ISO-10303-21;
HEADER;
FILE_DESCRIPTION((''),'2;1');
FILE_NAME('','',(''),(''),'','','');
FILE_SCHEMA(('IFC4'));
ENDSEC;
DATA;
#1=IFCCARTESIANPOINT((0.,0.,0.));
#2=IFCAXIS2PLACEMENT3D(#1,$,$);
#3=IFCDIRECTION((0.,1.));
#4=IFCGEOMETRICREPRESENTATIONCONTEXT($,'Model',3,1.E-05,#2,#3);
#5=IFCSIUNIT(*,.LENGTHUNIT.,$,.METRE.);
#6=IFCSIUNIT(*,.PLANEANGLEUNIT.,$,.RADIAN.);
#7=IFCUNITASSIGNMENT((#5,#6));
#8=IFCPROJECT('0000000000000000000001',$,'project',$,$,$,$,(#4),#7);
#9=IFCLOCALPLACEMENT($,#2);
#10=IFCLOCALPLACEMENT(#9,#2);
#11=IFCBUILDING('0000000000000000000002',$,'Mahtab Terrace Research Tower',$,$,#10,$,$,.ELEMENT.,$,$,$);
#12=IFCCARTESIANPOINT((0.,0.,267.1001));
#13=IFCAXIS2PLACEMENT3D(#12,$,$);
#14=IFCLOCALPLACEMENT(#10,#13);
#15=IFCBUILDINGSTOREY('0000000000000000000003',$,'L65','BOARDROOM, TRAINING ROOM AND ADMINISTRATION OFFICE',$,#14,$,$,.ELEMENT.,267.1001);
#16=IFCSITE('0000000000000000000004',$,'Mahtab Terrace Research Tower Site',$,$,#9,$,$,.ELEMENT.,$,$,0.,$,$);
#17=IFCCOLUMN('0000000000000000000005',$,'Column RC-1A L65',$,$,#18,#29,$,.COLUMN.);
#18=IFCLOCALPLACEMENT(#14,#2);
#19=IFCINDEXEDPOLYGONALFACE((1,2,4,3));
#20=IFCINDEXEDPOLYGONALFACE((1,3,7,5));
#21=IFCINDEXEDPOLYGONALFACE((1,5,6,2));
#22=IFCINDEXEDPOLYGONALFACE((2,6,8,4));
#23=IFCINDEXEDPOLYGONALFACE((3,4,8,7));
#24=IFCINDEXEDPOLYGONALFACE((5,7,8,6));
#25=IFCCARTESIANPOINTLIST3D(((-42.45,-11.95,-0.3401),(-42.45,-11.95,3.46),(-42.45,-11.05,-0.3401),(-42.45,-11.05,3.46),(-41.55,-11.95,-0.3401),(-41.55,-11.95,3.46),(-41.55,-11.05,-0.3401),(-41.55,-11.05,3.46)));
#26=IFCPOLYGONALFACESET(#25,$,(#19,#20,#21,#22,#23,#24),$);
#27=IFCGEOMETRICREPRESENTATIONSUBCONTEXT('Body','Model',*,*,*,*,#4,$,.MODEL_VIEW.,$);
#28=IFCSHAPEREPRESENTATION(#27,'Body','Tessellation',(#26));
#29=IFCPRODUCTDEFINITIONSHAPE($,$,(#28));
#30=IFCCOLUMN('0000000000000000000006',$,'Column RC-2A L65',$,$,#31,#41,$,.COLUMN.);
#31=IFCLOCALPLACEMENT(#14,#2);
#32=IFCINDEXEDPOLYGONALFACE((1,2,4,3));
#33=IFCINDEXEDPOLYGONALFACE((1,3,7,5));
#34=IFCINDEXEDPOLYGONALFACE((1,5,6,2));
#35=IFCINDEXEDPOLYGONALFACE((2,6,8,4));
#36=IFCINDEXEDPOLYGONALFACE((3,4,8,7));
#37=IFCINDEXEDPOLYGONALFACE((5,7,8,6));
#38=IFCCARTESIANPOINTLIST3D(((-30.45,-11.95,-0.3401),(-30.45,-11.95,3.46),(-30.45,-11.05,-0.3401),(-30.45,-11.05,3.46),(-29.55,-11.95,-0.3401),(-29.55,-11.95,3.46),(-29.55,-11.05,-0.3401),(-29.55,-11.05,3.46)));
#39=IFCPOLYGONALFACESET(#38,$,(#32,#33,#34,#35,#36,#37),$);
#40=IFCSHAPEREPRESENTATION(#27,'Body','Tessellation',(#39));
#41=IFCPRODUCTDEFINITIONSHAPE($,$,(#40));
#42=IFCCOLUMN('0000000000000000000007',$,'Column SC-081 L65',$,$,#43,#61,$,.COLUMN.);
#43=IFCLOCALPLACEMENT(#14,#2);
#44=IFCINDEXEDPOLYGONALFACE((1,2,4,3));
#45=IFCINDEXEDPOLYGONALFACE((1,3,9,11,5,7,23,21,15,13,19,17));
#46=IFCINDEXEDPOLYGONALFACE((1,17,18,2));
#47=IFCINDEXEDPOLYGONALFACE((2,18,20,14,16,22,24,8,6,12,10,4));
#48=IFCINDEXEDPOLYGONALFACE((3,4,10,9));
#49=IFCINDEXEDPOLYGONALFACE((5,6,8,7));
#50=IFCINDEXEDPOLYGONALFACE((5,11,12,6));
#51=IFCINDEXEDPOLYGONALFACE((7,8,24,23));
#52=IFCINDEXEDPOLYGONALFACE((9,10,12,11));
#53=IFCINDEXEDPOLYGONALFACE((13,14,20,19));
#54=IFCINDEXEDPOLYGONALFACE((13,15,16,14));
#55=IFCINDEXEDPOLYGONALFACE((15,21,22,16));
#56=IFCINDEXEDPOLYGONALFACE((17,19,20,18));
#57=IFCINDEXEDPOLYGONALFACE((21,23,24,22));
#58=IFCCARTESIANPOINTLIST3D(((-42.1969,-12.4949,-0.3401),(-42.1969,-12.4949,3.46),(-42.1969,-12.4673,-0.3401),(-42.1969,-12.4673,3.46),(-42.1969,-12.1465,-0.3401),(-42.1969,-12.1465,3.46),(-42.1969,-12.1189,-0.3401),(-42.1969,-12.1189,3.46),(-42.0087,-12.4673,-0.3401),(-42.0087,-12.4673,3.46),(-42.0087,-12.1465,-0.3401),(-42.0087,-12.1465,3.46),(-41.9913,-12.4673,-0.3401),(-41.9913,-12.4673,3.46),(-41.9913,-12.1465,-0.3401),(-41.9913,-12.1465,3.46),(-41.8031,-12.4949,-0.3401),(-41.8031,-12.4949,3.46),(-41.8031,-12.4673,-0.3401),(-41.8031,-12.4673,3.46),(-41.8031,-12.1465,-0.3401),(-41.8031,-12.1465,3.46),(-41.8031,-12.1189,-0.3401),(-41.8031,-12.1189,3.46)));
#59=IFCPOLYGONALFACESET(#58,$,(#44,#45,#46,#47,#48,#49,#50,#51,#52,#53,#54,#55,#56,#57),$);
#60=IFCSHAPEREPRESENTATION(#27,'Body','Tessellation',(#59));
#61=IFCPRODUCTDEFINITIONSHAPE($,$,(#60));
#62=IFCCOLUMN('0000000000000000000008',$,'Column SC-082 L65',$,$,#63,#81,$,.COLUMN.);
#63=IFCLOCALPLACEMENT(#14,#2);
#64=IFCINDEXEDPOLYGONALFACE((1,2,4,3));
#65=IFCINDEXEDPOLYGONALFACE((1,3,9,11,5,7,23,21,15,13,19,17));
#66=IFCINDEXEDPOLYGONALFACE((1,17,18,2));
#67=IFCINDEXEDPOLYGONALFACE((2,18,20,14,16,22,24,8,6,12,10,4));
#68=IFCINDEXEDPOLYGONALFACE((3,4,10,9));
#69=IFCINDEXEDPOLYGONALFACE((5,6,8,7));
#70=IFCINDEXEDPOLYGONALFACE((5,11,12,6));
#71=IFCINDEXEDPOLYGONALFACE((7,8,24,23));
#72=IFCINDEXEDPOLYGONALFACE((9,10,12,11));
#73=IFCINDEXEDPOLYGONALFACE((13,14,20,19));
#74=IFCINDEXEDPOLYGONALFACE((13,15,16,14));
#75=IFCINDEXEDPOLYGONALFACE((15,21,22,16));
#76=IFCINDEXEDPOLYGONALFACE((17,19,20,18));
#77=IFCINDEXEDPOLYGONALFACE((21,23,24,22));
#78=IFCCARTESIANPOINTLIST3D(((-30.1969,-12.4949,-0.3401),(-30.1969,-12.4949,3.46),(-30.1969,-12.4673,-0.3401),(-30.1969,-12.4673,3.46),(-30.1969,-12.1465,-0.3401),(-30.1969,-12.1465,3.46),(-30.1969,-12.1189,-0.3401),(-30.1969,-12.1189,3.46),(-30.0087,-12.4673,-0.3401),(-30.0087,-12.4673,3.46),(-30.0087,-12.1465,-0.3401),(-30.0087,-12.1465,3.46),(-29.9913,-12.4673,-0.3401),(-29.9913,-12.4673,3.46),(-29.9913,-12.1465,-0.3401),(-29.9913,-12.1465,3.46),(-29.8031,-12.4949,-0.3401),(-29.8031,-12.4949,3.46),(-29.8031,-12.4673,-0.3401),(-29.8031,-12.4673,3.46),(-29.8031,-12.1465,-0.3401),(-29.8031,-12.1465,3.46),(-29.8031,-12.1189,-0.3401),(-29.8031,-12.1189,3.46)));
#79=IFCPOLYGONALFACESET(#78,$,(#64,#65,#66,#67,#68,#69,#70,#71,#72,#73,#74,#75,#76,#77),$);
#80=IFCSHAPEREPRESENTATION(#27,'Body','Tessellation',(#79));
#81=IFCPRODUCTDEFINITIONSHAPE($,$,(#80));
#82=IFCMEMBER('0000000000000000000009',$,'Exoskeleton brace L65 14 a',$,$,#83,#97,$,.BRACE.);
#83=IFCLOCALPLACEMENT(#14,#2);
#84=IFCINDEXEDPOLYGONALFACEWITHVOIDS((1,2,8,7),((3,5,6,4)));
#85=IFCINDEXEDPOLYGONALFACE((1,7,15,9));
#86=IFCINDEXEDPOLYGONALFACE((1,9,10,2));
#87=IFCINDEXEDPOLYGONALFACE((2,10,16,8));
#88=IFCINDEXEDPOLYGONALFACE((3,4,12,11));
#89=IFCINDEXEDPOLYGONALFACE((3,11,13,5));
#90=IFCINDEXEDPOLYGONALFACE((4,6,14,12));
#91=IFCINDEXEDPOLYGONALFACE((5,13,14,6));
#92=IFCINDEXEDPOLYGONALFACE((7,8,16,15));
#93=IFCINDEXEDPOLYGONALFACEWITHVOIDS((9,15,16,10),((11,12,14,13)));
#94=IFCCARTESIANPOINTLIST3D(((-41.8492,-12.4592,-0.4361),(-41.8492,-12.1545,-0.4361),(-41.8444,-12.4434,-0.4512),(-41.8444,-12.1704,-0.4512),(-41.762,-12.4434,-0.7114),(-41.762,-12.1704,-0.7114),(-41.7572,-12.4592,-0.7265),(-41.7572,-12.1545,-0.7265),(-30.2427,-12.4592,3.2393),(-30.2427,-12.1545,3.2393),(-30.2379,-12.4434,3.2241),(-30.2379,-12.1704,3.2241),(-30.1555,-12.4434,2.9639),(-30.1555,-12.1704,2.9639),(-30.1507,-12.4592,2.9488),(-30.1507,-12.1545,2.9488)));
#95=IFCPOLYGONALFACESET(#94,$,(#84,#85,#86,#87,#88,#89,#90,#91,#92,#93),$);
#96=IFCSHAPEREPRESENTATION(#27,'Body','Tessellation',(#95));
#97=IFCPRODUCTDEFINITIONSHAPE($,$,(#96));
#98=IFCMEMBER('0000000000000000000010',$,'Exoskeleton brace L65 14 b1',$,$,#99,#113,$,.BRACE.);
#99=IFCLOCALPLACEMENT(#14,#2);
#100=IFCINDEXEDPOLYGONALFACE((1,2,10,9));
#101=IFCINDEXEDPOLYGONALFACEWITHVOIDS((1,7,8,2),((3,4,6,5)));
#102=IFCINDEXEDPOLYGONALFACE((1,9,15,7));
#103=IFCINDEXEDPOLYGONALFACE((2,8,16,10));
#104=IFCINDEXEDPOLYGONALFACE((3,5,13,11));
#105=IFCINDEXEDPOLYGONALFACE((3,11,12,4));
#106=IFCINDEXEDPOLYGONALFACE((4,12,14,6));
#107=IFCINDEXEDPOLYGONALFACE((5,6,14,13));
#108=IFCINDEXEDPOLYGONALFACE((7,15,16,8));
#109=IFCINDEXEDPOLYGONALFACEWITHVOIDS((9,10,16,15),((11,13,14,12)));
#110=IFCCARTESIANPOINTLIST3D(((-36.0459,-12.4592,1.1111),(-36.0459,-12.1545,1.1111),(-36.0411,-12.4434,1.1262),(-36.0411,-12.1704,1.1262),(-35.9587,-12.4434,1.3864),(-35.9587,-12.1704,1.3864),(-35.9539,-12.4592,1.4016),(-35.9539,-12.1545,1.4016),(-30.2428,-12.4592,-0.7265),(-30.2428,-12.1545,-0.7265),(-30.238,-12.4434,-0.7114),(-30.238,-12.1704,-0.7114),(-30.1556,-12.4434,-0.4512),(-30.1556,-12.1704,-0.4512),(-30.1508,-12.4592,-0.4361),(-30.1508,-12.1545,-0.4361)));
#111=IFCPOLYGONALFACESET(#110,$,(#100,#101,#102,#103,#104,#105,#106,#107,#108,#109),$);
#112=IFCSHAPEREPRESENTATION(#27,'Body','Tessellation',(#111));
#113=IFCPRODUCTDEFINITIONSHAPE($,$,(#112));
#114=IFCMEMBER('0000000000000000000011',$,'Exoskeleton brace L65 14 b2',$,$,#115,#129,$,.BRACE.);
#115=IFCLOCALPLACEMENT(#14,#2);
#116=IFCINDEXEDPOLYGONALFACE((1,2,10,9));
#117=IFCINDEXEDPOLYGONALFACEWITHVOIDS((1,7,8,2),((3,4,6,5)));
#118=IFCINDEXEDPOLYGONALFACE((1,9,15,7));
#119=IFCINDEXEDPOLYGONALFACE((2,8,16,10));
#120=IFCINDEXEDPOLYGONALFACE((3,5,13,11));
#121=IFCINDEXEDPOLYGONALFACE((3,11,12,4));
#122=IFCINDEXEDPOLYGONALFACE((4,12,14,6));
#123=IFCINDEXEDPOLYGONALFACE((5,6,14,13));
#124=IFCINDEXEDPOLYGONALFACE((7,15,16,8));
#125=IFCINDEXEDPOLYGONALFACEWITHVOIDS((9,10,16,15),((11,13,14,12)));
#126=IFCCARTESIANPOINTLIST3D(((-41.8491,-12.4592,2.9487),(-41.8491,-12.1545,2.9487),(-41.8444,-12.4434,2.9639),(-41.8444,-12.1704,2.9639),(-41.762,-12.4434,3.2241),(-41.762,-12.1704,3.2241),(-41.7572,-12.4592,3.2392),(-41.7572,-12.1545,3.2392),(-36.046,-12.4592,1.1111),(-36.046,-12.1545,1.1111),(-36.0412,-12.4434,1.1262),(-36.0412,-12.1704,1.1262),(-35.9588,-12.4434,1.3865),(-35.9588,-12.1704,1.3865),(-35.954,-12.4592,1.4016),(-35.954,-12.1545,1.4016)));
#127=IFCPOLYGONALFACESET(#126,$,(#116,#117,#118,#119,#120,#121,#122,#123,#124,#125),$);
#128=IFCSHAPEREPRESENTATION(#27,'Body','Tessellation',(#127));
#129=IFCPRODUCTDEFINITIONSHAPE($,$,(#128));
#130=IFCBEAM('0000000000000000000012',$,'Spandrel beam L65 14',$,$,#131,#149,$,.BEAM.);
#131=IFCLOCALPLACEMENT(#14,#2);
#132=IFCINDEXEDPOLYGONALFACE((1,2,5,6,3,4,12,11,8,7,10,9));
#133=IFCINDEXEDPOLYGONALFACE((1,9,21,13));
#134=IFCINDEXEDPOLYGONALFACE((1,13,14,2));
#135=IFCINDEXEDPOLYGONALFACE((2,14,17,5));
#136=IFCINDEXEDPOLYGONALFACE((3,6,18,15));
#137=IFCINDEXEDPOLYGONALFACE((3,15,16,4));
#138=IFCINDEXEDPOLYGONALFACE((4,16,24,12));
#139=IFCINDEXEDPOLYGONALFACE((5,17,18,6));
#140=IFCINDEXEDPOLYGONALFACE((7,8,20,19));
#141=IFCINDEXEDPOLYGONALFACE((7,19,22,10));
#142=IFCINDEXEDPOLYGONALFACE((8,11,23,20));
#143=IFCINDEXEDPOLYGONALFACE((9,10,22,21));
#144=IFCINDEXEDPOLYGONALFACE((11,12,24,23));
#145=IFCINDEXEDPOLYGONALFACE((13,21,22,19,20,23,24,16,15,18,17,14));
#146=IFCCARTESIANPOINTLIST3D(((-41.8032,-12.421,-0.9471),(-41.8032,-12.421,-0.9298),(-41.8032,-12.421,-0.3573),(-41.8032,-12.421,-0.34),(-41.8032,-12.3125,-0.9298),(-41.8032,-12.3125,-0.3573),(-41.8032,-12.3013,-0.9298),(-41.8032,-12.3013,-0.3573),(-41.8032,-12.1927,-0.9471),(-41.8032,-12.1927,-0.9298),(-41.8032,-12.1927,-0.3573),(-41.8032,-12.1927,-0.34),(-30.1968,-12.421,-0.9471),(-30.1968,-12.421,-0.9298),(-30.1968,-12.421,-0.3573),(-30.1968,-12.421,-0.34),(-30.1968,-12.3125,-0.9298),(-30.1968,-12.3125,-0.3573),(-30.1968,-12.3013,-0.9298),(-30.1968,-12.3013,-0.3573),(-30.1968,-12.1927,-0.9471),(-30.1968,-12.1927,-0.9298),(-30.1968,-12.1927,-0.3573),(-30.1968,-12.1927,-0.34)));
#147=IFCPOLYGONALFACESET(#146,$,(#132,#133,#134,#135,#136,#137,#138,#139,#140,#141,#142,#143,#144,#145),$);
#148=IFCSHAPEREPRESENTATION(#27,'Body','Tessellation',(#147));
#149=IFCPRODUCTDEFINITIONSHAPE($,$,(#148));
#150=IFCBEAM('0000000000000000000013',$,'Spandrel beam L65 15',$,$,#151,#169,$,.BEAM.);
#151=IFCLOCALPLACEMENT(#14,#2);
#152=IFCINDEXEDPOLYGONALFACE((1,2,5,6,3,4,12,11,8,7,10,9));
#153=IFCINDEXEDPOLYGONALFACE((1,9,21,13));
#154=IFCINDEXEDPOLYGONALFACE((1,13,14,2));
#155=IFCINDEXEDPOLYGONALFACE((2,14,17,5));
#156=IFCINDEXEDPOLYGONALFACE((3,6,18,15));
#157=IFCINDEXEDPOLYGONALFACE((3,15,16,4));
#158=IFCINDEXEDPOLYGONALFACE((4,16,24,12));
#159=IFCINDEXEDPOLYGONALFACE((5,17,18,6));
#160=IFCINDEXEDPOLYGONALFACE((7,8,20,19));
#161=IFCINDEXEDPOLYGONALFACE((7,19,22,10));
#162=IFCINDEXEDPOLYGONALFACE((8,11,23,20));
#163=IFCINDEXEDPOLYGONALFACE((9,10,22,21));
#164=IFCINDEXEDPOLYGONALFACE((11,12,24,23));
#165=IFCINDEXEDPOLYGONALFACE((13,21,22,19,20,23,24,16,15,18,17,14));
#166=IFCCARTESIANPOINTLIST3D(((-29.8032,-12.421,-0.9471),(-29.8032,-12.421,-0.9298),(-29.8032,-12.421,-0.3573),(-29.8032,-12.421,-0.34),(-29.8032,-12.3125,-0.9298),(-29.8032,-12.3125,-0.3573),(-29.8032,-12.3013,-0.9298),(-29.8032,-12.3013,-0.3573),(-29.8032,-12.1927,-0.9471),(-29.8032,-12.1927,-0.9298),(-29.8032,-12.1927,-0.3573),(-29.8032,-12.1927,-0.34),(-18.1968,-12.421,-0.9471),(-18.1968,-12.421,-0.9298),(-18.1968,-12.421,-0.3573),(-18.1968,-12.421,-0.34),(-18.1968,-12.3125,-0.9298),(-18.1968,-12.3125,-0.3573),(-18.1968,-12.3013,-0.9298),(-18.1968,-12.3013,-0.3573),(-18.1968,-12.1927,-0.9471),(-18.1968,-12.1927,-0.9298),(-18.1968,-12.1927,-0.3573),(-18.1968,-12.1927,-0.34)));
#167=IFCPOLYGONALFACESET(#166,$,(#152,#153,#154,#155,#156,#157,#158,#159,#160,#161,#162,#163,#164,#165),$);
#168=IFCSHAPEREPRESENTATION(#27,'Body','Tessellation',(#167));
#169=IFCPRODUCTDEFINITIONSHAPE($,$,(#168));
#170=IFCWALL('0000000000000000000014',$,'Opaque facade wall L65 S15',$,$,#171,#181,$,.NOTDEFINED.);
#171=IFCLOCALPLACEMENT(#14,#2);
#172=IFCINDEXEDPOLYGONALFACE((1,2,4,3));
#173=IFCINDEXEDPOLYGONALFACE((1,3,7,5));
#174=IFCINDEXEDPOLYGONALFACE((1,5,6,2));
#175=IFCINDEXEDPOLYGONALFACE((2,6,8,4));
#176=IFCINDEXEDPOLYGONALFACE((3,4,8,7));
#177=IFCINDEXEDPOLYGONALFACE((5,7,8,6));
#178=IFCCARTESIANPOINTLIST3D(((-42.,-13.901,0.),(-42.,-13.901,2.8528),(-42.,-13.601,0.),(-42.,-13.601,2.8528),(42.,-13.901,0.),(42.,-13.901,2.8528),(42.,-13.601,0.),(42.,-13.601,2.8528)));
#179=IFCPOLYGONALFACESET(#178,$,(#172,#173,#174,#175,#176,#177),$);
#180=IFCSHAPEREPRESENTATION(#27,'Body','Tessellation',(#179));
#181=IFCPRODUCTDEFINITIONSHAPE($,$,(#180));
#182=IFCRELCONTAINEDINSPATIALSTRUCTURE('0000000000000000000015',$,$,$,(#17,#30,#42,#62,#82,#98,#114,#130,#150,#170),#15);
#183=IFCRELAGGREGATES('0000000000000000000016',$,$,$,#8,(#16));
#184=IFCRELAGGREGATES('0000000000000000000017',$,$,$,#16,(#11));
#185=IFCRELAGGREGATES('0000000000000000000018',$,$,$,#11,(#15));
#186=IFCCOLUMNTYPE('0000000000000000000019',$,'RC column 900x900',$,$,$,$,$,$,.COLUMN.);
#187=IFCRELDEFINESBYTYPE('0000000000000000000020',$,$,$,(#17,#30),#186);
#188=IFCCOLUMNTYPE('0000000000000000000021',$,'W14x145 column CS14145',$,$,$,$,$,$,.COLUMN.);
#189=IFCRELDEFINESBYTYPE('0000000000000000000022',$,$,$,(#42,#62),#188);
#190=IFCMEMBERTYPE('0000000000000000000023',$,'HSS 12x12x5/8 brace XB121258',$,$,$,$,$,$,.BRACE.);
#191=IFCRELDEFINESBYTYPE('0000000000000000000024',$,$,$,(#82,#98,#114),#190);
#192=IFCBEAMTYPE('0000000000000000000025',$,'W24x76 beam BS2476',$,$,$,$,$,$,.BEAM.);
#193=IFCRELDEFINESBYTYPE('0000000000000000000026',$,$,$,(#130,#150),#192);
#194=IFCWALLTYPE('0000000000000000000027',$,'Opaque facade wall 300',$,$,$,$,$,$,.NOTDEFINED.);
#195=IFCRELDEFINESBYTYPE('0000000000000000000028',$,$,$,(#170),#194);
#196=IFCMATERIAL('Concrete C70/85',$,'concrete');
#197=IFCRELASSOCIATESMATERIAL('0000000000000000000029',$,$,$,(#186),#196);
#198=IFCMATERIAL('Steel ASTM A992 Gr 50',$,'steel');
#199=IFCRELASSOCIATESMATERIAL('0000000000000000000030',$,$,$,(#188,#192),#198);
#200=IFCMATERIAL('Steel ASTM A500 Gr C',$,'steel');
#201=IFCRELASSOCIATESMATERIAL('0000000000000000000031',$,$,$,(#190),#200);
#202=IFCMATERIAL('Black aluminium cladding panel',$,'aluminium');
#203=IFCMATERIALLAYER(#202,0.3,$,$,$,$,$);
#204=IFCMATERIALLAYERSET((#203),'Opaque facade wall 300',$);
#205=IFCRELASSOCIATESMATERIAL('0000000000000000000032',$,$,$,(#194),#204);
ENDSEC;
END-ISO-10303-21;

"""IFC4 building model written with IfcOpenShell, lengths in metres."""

from ifc_helpers import new_model, si_unit, direction, frame, frame_2d, origin, origin_2d, place, context, subcontext, project, spatial, rectangle, hollow_rectangle, i_section, extrude, material, layer, layer_set, material_profile, profile_set, type_object, element, save


model = new_model("IFC4")

# Units and contexts
model_context = context("Model", 3, precision=1e-05, world=origin(), true_north=direction((0.0, 1.0)))
body_context = subcontext(model_context, "Body", "Model", "MODEL_VIEW")
ifc_project = project(units=[si_unit("LENGTHUNIT", "METRE"), si_unit("PLANEANGLEUNIT", "RADIAN")], contexts=[model_context])

# Site, building, storey
site_placement = place(None, origin())
site = spatial("IfcSite", under=ifc_project, at=site_placement, Name="Mahtab Terrace Research Tower Site", CompositionType="ELEMENT", RefElevation=0.0)
building_placement = place(site_placement, origin())
building = spatial("IfcBuilding", under=site, at=building_placement, Name="Mahtab Terrace Research Tower", CompositionType="ELEMENT")
storey_placement = place(building_placement, frame((0.0, 0.0, 267.1001)))
storey = spatial("IfcBuildingStorey", under=building, at=storey_placement, Name="L65", Description="BOARDROOM, TRAINING ROOM AND ADMINISTRATION OFFICE", CompositionType="ELEMENT", Elevation=267.1001)

# Columns
ifc_material_1 = material(Name="Concrete C70/85", Category="concrete")
ifc_material_profile_1 = material_profile(ifc_material_1, rectangle(XDim=0.8999, YDim=0.8999, at=origin_2d()), Name="RC column 900x900")
ifc_profile_set_1 = profile_set([ifc_material_profile_1], Name="Concrete C70/85")
column_type_1 = type_object("IfcColumnType", Name="RC column 900x900", PredefinedType="COLUMN", material=ifc_profile_set_1)
for number, where, z_axis, x_axis, name in (
    (1, (-42.0, -11.5, -0.3401), (0.0, 0.0, 1.0), (1.0, 0.0, 0.0), "Column RC-1A L65"),
    (2, (-30.0, -11.5, -0.3401), (0.0, 0.0, 1.0), (1.0, 0.0, 0.0), "Column RC-2A L65"),
):
    element("IfcColumn", number, at=place(storey_placement, frame(where, z_axis=z_axis, x_axis=x_axis)), inside=storey, type_object=column_type_1, Name=name, PredefinedType="COLUMN", context=body_context, shape_type="SweptSolid", body=[
        extrude(rectangle(XDim=0.8999, YDim=0.8999, at=origin_2d()), origin(), (0.0, 0.0, 1.0), 3.8),
    ])
ifc_material_2 = material(Name="Steel ASTM A992 Gr 50", Category="steel")
ifc_material_profile_2 = material_profile(ifc_material_2, i_section(OverallWidth=0.3938, OverallDepth=0.376, WebThickness=0.0173, FlangeThickness=0.0276, at=origin_2d()), Name="W14X145")
ifc_profile_set_2 = profile_set([ifc_material_profile_2], Name="Steel ASTM A992 Gr 50")
column_type_2 = type_object("IfcColumnType", Name="W14x145 column CS14145", PredefinedType="COLUMN", material=ifc_profile_set_2)
for number, where, z_axis, x_axis, name in (
    (3, (-42.0, -12.3069, -0.3401), (0.0, 0.0, 1.0), (1.0, 0.0, 0.0), "Column SC-081 L65"),
    (4, (-30.0, -12.3069, -0.3401), (0.0, 0.0, 1.0), (1.0, 0.0, 0.0), "Column SC-082 L65"),
):
    element("IfcColumn", number, at=place(storey_placement, frame(where, z_axis=z_axis, x_axis=x_axis)), inside=storey, type_object=column_type_2, Name=name, PredefinedType="COLUMN", context=body_context, shape_type="SweptSolid", body=[
        extrude(i_section(OverallWidth=0.3938, OverallDepth=0.376, WebThickness=0.0173, FlangeThickness=0.0276, at=origin_2d()), origin(), (0.0, 0.0, 1.0), 3.8),
    ])

# Members
ifc_material_3 = material(Name="Steel ASTM A500 Gr C", Category="steel")
ifc_material_profile_3 = material_profile(ifc_material_3, hollow_rectangle(XDim=0.3047, YDim=0.3047, WallThickness=0.0159, at=origin_2d()), Name="HSS12X12X5/8")
ifc_profile_set_3 = profile_set([ifc_material_profile_3], Name="Steel ASTM A500 Gr C")
member_type = type_object("IfcMemberType", Name="HSS 12x12x5/8 brace XB121258", PredefinedType="BRACE", material=ifc_profile_set_3)
member_placement = place(storey_placement, frame((-41.8032, -12.3069, -0.5813), z_axis=(0.953344, 0.0, 0.301886), x_axis=(0.0, 1.0, 0.0)))
element("IfcMember", 5, at=member_placement, inside=storey, type_object=member_type, Name="Exoskeleton brace L65 14 a", PredefinedType="BRACE", context=body_context, shape_type="SweptSolid", body=[
    extrude(hollow_rectangle(XDim=0.3047, YDim=0.3047, WallThickness=0.0159, at=origin_2d()), origin(), (0.0, 0.0, 1.0), 12.1746),
])
for number, where, z_axis, x_axis, name in (
    (6, (-30.1968, -12.3069, -0.5813), (-0.953344, 0.0, 0.301886), (0.0, -1.0, 0.0), "Exoskeleton brace L65 14 b1"),
    (7, (-36.0, -12.3069, 1.2563), (-0.953344, 0.0, 0.301886), (0.0, -1.0, 0.0), "Exoskeleton brace L65 14 b2"),
):
    element("IfcMember", number, at=place(storey_placement, frame(where, z_axis=z_axis, x_axis=x_axis)), inside=storey, type_object=member_type, Name=name, PredefinedType="BRACE", context=body_context, shape_type="SweptSolid", body=[
        extrude(hollow_rectangle(XDim=0.3047, YDim=0.3047, WallThickness=0.0159, at=origin_2d()), origin(), (0.0, 0.0, 1.0), 6.0872),
    ])

# Beams
ifc_material_profile_4 = material_profile(ifc_material_2, i_section(OverallWidth=0.2283, OverallDepth=0.6072, WebThickness=0.0112, FlangeThickness=0.0173, at=origin_2d()), Name="W24X76")
ifc_profile_set_4 = profile_set([ifc_material_profile_4], Name="Steel ASTM A992 Gr 50")
beam_type = type_object("IfcBeamType", Name="W24x76 beam BS2476", PredefinedType="BEAM", material=ifc_profile_set_4)
for number, where, z_axis, x_axis, name in (
    (8, (-41.8032, -12.3069, -0.6436), (1.0, 0.0, 0.0), (0.0, 1.0, 0.0), "Spandrel beam L65 14"),
    (9, (-29.8032, -12.3069, -0.6436), (1.0, 0.0, 0.0), (0.0, 1.0, 0.0), "Spandrel beam L65 15"),
):
    element("IfcBeam", number, at=place(storey_placement, frame(where, z_axis=z_axis, x_axis=x_axis)), inside=storey, type_object=beam_type, Name=name, PredefinedType="BEAM", context=body_context, shape_type="SweptSolid", body=[
        extrude(i_section(OverallWidth=0.2283, OverallDepth=0.6072, WebThickness=0.0112, FlangeThickness=0.0173, at=origin_2d()), origin(), (0.0, 0.0, 1.0), 11.6064),
    ])

# Wall
ifc_material_4 = material(Name="Black aluminium cladding panel", Category="aluminium")
ifc_layer_1 = layer(ifc_material_4, 0.3)
ifc_layer_set_1 = layer_set([ifc_layer_1], Name="Opaque facade wall 300")
wall_type_1 = type_object("IfcWallType", Name="Opaque facade wall 300", PredefinedType="NOTDEFINED", material=ifc_layer_set_1)
wall_1_placement = place(storey_placement, frame((-42.0, -13.751, 0.0), z_axis=(0.0, 0.0, 1.0), x_axis=(1.0, 0.0, 0.0)))
element("IfcWall", 10, at=wall_1_placement, inside=storey, type_object=wall_type_1, Name="Opaque facade wall L65 S15", PredefinedType="NOTDEFINED", context=body_context, shape_type="SweptSolid", body=[
    extrude(rectangle(XDim=84.0, YDim=0.3, at=frame_2d((42.0, 0.0))), origin(), (0.0, 0.0, 1.0), 2.8528),
])

save(model, "model.ifc")
